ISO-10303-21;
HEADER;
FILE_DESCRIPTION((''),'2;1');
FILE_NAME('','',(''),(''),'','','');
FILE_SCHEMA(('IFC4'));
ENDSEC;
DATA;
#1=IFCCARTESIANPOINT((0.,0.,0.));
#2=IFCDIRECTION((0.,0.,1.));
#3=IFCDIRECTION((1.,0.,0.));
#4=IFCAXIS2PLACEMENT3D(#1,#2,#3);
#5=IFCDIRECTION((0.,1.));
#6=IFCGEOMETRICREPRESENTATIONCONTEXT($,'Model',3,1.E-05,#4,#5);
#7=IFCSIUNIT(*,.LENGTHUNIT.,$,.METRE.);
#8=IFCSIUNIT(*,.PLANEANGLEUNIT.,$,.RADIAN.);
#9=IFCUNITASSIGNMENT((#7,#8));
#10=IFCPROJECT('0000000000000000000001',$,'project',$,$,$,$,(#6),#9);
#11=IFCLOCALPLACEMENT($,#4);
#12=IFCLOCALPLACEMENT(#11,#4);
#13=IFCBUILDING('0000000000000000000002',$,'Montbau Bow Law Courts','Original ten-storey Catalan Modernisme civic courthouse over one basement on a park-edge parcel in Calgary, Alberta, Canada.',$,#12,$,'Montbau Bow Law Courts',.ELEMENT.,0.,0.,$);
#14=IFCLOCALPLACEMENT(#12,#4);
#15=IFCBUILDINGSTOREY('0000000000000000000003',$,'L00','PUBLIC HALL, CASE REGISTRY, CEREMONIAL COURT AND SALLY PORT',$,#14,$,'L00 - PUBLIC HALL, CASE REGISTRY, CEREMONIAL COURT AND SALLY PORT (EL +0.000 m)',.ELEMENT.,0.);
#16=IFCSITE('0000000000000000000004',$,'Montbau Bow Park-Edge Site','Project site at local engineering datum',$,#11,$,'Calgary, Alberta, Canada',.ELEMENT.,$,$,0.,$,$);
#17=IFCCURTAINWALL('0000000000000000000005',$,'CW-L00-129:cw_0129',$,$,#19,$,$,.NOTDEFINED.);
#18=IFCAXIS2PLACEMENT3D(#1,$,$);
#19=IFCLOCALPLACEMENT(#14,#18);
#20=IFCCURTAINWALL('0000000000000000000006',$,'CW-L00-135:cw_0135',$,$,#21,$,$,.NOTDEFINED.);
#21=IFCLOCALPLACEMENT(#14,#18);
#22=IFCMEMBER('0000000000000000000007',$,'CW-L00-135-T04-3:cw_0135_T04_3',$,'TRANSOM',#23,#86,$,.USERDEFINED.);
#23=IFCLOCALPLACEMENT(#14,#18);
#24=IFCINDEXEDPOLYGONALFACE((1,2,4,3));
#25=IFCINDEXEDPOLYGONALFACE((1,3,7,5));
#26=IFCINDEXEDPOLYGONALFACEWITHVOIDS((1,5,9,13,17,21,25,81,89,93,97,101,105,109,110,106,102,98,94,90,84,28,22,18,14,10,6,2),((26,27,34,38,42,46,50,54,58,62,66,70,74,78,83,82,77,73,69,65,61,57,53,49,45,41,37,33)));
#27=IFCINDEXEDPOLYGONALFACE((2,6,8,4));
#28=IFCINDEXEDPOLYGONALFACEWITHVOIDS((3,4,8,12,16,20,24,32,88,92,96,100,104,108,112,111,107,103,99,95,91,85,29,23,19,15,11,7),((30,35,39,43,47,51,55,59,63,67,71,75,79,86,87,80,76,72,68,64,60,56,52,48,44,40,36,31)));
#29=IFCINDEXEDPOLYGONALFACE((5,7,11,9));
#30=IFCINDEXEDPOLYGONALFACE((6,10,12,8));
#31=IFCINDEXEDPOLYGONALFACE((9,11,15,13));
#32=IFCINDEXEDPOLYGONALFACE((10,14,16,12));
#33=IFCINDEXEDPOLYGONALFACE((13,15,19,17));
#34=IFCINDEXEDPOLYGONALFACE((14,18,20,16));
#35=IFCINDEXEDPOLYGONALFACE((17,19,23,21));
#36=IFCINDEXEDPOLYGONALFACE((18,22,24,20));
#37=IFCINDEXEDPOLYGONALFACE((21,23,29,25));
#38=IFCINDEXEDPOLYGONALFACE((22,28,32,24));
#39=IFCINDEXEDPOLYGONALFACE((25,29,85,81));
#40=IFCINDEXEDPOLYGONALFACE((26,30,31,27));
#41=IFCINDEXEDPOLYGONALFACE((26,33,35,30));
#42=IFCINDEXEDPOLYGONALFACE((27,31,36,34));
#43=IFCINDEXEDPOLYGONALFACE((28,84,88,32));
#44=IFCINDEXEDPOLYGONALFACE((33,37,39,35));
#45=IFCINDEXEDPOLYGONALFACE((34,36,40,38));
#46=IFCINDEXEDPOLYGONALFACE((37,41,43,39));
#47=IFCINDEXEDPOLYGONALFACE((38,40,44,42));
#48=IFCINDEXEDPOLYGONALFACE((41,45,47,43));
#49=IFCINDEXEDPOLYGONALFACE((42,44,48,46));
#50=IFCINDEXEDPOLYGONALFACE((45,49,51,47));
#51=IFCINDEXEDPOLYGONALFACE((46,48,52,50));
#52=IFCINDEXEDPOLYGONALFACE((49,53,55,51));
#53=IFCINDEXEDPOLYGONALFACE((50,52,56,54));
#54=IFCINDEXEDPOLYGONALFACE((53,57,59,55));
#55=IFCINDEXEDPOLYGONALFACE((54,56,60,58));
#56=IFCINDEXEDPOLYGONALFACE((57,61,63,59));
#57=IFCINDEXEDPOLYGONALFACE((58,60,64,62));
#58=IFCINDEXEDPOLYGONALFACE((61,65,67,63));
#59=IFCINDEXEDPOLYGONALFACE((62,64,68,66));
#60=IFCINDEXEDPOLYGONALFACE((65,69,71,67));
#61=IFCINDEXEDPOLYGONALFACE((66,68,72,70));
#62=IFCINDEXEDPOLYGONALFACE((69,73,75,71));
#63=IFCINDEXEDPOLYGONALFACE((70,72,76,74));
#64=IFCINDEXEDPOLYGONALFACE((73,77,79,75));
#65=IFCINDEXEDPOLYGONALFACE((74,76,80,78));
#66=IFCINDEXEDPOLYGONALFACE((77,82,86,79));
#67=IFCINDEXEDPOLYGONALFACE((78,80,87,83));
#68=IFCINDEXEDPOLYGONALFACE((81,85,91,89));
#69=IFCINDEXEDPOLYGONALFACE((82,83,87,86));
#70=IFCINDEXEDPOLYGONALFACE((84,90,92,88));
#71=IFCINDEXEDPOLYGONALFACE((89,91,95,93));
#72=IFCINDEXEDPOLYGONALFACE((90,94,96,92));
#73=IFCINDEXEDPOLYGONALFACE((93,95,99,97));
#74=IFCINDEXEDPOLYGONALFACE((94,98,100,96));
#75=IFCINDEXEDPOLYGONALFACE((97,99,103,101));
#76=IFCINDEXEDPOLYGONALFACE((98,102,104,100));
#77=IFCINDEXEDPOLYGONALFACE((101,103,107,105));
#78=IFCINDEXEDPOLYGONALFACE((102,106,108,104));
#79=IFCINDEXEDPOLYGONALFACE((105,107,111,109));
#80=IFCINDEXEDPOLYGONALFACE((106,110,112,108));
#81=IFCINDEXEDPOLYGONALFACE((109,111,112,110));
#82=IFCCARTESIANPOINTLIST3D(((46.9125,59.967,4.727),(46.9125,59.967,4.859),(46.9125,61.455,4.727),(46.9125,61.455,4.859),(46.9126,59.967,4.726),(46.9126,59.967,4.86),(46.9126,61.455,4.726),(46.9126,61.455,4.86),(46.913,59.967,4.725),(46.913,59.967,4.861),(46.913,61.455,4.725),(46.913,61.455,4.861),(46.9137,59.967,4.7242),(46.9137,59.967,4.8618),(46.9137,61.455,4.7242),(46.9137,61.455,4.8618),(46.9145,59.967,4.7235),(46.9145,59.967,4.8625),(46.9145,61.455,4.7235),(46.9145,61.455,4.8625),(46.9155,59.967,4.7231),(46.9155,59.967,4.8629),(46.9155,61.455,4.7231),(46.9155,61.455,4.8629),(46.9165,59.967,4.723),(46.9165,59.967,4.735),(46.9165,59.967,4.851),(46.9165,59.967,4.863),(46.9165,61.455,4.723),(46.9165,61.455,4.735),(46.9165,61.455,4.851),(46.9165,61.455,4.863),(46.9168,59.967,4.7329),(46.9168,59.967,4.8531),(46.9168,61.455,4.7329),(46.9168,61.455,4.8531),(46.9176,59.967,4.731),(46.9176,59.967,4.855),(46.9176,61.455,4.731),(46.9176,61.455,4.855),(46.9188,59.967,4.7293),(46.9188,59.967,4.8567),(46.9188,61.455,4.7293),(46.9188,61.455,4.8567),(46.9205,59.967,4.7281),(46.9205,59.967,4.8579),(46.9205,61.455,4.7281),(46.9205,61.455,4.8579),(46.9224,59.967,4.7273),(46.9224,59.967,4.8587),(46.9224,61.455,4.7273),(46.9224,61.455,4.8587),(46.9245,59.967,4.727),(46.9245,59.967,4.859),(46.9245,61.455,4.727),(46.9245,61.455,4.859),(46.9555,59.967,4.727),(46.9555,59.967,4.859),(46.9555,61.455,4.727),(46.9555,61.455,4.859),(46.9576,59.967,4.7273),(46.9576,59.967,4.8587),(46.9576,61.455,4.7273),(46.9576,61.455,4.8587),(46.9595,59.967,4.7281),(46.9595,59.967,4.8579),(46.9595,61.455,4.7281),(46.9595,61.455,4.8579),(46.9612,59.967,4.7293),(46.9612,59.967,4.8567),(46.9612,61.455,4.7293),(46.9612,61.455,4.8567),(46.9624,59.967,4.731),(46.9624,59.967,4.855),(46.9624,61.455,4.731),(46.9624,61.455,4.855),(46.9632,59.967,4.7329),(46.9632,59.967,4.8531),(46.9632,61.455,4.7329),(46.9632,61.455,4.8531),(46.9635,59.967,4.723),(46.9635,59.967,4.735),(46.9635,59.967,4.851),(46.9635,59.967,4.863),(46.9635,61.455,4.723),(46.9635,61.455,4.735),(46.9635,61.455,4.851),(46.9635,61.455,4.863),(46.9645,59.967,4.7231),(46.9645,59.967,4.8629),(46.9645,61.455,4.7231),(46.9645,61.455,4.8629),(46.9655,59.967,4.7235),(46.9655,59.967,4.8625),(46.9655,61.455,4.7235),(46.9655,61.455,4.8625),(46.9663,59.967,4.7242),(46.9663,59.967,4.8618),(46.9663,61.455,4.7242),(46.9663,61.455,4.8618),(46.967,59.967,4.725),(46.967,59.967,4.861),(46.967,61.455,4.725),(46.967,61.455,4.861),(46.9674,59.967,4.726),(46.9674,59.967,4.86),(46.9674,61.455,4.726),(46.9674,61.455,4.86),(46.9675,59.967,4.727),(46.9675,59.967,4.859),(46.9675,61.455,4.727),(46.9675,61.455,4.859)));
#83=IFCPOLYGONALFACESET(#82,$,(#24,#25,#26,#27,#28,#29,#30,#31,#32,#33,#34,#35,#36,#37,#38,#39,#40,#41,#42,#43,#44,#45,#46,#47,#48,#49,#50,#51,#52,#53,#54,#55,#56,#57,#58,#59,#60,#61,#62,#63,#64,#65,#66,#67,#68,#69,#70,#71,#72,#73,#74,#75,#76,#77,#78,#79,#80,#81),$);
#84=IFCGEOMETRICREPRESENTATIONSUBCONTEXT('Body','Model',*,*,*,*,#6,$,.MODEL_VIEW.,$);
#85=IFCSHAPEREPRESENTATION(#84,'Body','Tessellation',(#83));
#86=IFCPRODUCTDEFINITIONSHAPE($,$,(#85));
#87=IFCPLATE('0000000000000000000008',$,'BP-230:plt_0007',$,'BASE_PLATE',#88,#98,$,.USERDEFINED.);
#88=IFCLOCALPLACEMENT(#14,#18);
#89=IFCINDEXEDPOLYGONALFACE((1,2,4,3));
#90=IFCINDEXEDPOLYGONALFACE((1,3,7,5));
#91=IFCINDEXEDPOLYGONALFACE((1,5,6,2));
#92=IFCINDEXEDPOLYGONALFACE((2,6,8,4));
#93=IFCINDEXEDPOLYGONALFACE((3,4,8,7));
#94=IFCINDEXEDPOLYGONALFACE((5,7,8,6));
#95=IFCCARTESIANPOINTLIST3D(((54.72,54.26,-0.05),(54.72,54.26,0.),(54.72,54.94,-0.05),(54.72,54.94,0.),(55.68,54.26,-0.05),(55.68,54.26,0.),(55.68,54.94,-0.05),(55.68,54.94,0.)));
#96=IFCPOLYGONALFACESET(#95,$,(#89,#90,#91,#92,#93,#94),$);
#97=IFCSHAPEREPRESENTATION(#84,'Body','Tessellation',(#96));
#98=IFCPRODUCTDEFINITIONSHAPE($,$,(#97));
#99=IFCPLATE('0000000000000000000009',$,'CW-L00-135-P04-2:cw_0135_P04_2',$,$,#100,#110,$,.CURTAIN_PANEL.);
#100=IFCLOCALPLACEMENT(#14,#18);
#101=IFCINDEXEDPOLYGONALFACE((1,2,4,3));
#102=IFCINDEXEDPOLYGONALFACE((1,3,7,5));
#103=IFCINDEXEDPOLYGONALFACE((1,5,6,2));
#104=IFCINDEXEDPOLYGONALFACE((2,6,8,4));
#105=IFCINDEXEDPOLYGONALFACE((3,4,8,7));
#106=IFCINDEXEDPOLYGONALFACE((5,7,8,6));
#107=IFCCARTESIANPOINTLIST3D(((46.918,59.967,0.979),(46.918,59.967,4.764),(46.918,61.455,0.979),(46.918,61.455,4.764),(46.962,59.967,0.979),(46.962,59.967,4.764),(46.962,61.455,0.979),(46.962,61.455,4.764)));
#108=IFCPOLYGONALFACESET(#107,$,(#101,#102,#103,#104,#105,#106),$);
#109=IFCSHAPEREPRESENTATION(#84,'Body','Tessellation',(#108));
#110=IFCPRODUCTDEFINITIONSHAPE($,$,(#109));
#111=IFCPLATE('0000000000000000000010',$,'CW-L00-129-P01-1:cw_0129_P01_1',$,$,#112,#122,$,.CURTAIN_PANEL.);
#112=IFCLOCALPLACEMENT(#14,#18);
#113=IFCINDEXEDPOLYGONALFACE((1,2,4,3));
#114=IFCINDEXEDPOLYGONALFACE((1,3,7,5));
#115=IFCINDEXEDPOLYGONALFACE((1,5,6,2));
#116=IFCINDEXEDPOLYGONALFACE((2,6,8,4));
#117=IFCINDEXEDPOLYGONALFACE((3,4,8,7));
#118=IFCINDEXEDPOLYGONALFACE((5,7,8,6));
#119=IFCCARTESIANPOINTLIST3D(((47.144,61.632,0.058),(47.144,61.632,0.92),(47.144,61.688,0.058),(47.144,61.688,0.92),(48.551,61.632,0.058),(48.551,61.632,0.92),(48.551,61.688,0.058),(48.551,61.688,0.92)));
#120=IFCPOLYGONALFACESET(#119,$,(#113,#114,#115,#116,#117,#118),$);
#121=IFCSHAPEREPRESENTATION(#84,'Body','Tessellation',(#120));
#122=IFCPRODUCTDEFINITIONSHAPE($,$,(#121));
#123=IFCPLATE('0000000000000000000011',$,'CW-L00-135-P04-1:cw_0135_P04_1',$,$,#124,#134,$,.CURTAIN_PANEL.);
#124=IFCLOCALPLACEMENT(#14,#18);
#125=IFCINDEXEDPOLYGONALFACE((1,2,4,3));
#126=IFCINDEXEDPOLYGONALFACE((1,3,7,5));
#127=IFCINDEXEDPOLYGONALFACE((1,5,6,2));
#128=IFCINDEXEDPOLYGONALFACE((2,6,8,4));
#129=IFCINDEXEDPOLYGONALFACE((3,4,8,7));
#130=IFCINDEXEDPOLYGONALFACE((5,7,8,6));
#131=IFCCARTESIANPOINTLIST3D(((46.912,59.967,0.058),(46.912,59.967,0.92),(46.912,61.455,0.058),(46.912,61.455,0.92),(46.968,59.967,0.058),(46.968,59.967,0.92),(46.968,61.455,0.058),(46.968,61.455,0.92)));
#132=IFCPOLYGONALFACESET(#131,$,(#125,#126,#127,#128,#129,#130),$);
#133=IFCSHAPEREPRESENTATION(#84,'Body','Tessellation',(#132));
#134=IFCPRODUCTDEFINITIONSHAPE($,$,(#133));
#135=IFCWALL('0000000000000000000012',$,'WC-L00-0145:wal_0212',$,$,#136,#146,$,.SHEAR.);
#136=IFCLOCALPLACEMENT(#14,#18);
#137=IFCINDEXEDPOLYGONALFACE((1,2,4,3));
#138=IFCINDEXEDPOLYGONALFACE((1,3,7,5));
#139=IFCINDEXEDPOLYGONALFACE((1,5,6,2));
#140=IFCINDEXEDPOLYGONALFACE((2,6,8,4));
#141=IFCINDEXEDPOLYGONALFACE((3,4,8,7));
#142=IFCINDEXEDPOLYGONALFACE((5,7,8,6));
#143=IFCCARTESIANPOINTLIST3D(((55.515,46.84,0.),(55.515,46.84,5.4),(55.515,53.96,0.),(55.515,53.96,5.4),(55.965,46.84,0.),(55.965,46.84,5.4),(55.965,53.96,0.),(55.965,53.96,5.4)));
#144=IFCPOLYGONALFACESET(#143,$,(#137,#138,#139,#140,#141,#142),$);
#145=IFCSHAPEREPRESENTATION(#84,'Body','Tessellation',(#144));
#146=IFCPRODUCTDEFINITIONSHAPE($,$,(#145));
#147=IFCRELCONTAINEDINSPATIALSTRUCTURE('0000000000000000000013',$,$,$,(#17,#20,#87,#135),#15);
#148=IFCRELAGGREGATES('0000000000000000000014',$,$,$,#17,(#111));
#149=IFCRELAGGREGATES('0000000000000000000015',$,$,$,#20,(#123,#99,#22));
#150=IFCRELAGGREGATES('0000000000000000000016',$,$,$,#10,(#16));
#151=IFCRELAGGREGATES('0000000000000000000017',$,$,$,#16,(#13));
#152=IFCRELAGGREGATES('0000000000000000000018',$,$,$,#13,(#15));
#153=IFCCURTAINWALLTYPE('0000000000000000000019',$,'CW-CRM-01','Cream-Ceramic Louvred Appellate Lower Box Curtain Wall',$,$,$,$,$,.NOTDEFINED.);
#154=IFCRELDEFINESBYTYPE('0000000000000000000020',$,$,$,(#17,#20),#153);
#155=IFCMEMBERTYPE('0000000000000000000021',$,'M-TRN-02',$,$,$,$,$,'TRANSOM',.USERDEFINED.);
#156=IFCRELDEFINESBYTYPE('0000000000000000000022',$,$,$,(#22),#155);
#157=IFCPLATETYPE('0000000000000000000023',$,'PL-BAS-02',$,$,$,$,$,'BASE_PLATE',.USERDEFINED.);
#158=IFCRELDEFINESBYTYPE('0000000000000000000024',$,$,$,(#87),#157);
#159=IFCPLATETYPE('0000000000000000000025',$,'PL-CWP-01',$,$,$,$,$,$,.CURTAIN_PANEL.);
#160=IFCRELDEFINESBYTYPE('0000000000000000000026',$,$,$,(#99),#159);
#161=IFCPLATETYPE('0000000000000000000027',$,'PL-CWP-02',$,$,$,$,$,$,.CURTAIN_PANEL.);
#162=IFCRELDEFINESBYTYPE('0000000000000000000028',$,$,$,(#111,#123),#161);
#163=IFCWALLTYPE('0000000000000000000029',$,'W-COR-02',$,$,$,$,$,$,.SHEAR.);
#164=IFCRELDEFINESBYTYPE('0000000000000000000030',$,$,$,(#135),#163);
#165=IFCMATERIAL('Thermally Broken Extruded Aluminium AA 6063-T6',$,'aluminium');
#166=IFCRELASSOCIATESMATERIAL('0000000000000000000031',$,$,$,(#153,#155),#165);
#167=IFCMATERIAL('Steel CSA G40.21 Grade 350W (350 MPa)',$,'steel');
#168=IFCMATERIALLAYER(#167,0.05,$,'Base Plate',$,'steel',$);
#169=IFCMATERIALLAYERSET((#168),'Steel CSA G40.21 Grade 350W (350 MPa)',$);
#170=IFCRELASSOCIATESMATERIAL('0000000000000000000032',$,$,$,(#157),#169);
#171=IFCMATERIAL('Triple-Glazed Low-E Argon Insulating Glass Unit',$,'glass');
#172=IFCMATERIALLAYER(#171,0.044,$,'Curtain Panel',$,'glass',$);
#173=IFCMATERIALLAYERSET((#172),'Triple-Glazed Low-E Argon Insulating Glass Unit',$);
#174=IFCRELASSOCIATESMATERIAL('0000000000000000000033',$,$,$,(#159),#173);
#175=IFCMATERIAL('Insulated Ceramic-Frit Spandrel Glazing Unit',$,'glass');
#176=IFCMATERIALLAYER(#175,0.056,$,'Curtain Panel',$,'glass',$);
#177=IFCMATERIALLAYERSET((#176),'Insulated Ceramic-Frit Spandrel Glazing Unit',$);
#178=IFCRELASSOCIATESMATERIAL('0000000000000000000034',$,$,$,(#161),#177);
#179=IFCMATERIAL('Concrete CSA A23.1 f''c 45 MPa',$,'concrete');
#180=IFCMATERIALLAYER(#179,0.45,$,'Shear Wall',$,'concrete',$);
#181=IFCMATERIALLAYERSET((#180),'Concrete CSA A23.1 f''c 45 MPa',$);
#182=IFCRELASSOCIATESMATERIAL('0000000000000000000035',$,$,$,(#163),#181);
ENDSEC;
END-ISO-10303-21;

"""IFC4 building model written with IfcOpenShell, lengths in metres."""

from ifc_helpers import new_model, si_unit, direction, frame, frame_2d, origin_with_axes, origin_2d_with_axis, place, context, subcontext, project, spatial, rectangle, hollow_rectangle, extrude, material, layer, layer_set, material_profile, profile_set, type_object, element, aggregate, save


model = new_model("IFC4")

# Units and contexts
model_context = context("Model", 3, precision=1e-05, world=origin_with_axes(), true_north=direction((0.0, 1.0)))
body_context = subcontext(model_context, "Body", "Model", "MODEL_VIEW")
ifc_project = project(units=[si_unit("LENGTHUNIT", "METRE"), si_unit("PLANEANGLEUNIT", "RADIAN")], contexts=[model_context])

# Site, building, storey
site_placement = place(None, origin_with_axes())
site = spatial("IfcSite", under=ifc_project, at=site_placement, Name="Montbau Bow Park-Edge Site", Description="Project site at local engineering datum", LongName="Calgary, Alberta, Canada", CompositionType="ELEMENT", RefElevation=0.0)
building_placement = place(site_placement, origin_with_axes())
building = spatial("IfcBuilding", under=site, at=building_placement, Name="Montbau Bow Law Courts", Description="Original ten-storey Catalan Modernisme civic courthouse over one basement on a park-edge parcel in Calgary, Alberta, Canada.", LongName="Montbau Bow Law Courts", CompositionType="ELEMENT", ElevationOfRefHeight=0.0, ElevationOfTerrain=0.0)
storey_placement = place(building_placement, origin_with_axes())
storey = spatial("IfcBuildingStorey", under=building, at=storey_placement, Name="L00", Description="PUBLIC HALL, CASE REGISTRY, CEREMONIAL COURT AND SALLY PORT", LongName="L00 - PUBLIC HALL, CASE REGISTRY, CEREMONIAL COURT AND SALLY PORT (EL +0.000 m)", CompositionType="ELEMENT", Elevation=0.0)

# Shared definitions
ifc_material_1 = material(Name="Steel CSA G40.21 Grade 350W (350 MPa)", Category="steel")

# Curtain wall
ifc_material_2 = material(Name="Thermally Broken Extruded Aluminium AA 6063-T6", Category="aluminium")
curtain_wall_type = type_object("IfcCurtainWallType", Name="CW-CRM-01", Description="Cream-Ceramic Louvred Appellate Lower Box Curtain Wall", PredefinedType="NOTDEFINED", material=ifc_material_2)
curtain_wall_1_placement = place(None, frame((47.068, 61.66, 0.0), z_axis=(0.0, 0.0, 1.0), x_axis=(1.0, 0.0, 0.0)))
curtain_wall_1 = element("IfcCurtainWall", 1, at=curtain_wall_1_placement, inside=storey, type_object=curtain_wall_type, Name="CW-L00-129:cw_0129", PredefinedType="NOTDEFINED")

# Curtain wall, member
curtain_wall_2_placement = place(None, frame((46.94, 55.115, 0.0), z_axis=(0.0, 0.0, 1.0), x_axis=(1.0, 0.0, 0.0)))
curtain_wall_2 = element("IfcCurtainWall", 2, at=curtain_wall_2_placement, inside=storey, type_object=curtain_wall_type, Name="CW-L00-135:cw_0135", PredefinedType="NOTDEFINED")
ifc_material_profile_1 = material_profile(ifc_material_2, hollow_rectangle(XDim=0.055, YDim=0.14, WallThickness=0.004, InnerFilletRadius=0.008, OuterFilletRadius=0.004, at=origin_2d_with_axis()), Name="CWT-140X55", Category="Main", Priority=0)
ifc_profile_set_1 = profile_set([ifc_material_profile_1], Name="Thermally Broken Extruded Aluminium AA 6063-T6")
member_type_1 = type_object("IfcMemberType", Name="M-TRN-02", ElementType="TRANSOM", PredefinedType="USERDEFINED", material=ifc_profile_set_1)
member_1_placement = place(None, frame((46.94, 59.967, 4.793), z_axis=(0.0, 1.0, 0.0), x_axis=(-1.0, 0.0, 0.0)))
member_1 = element("IfcMember", 3, at=member_1_placement, type_object=member_type_1, Name="CW-L00-135-T04-3:cw_0135_T04_3", ObjectType="TRANSOM", PredefinedType="USERDEFINED", context=body_context, shape_type="SweptSolid", body=[
    extrude(hollow_rectangle(XDim=0.055, YDim=0.14, WallThickness=0.004, InnerFilletRadius=0.008, OuterFilletRadius=0.004, at=origin_2d_with_axis()), origin_with_axes(), (0.0, 0.0, 1.0), 1.488),
])

# Plates
ifc_layer_1 = layer(ifc_material_1, 0.05, Name="Base Plate", Category="steel")
ifc_layer_set_1 = layer_set([ifc_layer_1], Name="Steel CSA G40.21 Grade 350W (350 MPa)")
plate_type_1 = type_object("IfcPlateType", Name="PL-BAS-02", ElementType="BASE_PLATE", PredefinedType="USERDEFINED", material=ifc_layer_set_1)
plate_1_placement = place(None, frame((55.2, 54.6, -0.05), z_axis=(0.0, 0.0, 1.0), x_axis=(1.0, 0.0, 0.0)))
element("IfcPlate", 4, at=plate_1_placement, inside=storey, type_object=plate_type_1, Name="BP-230:plt_0007", ObjectType="BASE_PLATE", PredefinedType="USERDEFINED", context=body_context, shape_type="SweptSolid", body=[
    extrude(rectangle(XDim=0.96, YDim=0.68, at=origin_2d_with_axis()), origin_with_axes(), (0.0, 0.0, 1.0), 0.05),
])
ifc_material_3 = material(Name="Triple-Glazed Low-E Argon Insulating Glass Unit", Category="glass")
ifc_layer_2 = layer(ifc_material_3, 0.044, Name="Curtain Panel", Category="glass")
ifc_layer_set_2 = layer_set([ifc_layer_2], Name="Triple-Glazed Low-E Argon Insulating Glass Unit")
plate_type_2 = type_object("IfcPlateType", Name="PL-CWP-01", PredefinedType="CURTAIN_PANEL", material=ifc_layer_set_2)
plate_2_placement = place(None, frame((46.94, 59.967, 0.979), z_axis=(1.0, 0.0, 0.0), x_axis=(0.0, 1.0, 0.0)))
plate_2 = element("IfcPlate", 5, at=plate_2_placement, type_object=plate_type_2, Name="CW-L00-135-P04-2:cw_0135_P04_2", PredefinedType="CURTAIN_PANEL", context=body_context, shape_type="SweptSolid", body=[
    extrude(rectangle(XDim=1.488, YDim=3.785, at=frame_2d((0.744, 1.8925), x_axis=(1.0, 0.0))), frame((0.0, 0.0, -0.022), z_axis=(0.0, 0.0, 1.0), x_axis=(1.0, 0.0, 0.0)), (0.0, 0.0, 1.0), 0.044),
])
ifc_material_4 = material(Name="Insulated Ceramic-Frit Spandrel Glazing Unit", Category="glass")
ifc_layer_3 = layer(ifc_material_4, 0.056, Name="Curtain Panel", Category="glass")
ifc_layer_set_3 = layer_set([ifc_layer_3], Name="Insulated Ceramic-Frit Spandrel Glazing Unit")
plate_type_3 = type_object("IfcPlateType", Name="PL-CWP-02", PredefinedType="CURTAIN_PANEL", material=ifc_layer_set_3)
plate_3_placement = place(None, frame((47.144, 61.66, 0.058), z_axis=(0.0, -1.0, 0.0), x_axis=(1.0, 0.0, 0.0)))
plate_3 = element("IfcPlate", 6, at=plate_3_placement, type_object=plate_type_3, Name="CW-L00-129-P01-1:cw_0129_P01_1", PredefinedType="CURTAIN_PANEL", context=body_context, shape_type="SweptSolid", body=[
    extrude(rectangle(XDim=1.407, YDim=0.862, at=frame_2d((0.7035, 0.431), x_axis=(1.0, 0.0))), frame((0.0, 0.0, -0.028), z_axis=(0.0, 0.0, 1.0), x_axis=(1.0, 0.0, 0.0)), (0.0, 0.0, 1.0), 0.056),
])
aggregate(curtain_wall_1, [plate_3])
plate_4_placement = place(None, frame((46.94, 59.967, 0.058), z_axis=(1.0, 0.0, 0.0), x_axis=(0.0, 1.0, 0.0)))
plate_4 = element("IfcPlate", 7, at=plate_4_placement, type_object=plate_type_3, Name="CW-L00-135-P04-1:cw_0135_P04_1", PredefinedType="CURTAIN_PANEL", context=body_context, shape_type="SweptSolid", body=[
    extrude(rectangle(XDim=1.488, YDim=0.862, at=frame_2d((0.744, 0.431), x_axis=(1.0, 0.0))), frame((0.0, 0.0, -0.028), z_axis=(0.0, 0.0, 1.0), x_axis=(1.0, 0.0, 0.0)), (0.0, 0.0, 1.0), 0.056),
])
aggregate(curtain_wall_2, [plate_4, plate_2, member_1])

# Wall
ifc_material_5 = material(Name="Concrete CSA A23.1 f'c 45 MPa", Category="concrete")
ifc_layer_4 = layer(ifc_material_5, 0.45, Name="Shear Wall", Category="concrete")
ifc_layer_set_4 = layer_set([ifc_layer_4], Name="Concrete CSA A23.1 f'c 45 MPa")
wall_type_1 = type_object("IfcWallType", Name="W-COR-02", PredefinedType="SHEAR", material=ifc_layer_set_4)
wall_1_placement = place(None, frame((55.74, 53.96, 0.0), z_axis=(0.0, 0.0, 1.0), x_axis=(0.0, -1.0, 0.0)))
element("IfcWall", 8, at=wall_1_placement, inside=storey, type_object=wall_type_1, Name="WC-L00-0145:wal_0212", PredefinedType="SHEAR", context=body_context, shape_type="SweptSolid", body=[
    extrude(rectangle(XDim=7.12, YDim=0.45, at=frame_2d((3.56, 0.0), x_axis=(1.0, 0.0))), origin_with_axes(), (0.0, 0.0, 1.0), 5.4),
])

save(model, "model.ifc")
